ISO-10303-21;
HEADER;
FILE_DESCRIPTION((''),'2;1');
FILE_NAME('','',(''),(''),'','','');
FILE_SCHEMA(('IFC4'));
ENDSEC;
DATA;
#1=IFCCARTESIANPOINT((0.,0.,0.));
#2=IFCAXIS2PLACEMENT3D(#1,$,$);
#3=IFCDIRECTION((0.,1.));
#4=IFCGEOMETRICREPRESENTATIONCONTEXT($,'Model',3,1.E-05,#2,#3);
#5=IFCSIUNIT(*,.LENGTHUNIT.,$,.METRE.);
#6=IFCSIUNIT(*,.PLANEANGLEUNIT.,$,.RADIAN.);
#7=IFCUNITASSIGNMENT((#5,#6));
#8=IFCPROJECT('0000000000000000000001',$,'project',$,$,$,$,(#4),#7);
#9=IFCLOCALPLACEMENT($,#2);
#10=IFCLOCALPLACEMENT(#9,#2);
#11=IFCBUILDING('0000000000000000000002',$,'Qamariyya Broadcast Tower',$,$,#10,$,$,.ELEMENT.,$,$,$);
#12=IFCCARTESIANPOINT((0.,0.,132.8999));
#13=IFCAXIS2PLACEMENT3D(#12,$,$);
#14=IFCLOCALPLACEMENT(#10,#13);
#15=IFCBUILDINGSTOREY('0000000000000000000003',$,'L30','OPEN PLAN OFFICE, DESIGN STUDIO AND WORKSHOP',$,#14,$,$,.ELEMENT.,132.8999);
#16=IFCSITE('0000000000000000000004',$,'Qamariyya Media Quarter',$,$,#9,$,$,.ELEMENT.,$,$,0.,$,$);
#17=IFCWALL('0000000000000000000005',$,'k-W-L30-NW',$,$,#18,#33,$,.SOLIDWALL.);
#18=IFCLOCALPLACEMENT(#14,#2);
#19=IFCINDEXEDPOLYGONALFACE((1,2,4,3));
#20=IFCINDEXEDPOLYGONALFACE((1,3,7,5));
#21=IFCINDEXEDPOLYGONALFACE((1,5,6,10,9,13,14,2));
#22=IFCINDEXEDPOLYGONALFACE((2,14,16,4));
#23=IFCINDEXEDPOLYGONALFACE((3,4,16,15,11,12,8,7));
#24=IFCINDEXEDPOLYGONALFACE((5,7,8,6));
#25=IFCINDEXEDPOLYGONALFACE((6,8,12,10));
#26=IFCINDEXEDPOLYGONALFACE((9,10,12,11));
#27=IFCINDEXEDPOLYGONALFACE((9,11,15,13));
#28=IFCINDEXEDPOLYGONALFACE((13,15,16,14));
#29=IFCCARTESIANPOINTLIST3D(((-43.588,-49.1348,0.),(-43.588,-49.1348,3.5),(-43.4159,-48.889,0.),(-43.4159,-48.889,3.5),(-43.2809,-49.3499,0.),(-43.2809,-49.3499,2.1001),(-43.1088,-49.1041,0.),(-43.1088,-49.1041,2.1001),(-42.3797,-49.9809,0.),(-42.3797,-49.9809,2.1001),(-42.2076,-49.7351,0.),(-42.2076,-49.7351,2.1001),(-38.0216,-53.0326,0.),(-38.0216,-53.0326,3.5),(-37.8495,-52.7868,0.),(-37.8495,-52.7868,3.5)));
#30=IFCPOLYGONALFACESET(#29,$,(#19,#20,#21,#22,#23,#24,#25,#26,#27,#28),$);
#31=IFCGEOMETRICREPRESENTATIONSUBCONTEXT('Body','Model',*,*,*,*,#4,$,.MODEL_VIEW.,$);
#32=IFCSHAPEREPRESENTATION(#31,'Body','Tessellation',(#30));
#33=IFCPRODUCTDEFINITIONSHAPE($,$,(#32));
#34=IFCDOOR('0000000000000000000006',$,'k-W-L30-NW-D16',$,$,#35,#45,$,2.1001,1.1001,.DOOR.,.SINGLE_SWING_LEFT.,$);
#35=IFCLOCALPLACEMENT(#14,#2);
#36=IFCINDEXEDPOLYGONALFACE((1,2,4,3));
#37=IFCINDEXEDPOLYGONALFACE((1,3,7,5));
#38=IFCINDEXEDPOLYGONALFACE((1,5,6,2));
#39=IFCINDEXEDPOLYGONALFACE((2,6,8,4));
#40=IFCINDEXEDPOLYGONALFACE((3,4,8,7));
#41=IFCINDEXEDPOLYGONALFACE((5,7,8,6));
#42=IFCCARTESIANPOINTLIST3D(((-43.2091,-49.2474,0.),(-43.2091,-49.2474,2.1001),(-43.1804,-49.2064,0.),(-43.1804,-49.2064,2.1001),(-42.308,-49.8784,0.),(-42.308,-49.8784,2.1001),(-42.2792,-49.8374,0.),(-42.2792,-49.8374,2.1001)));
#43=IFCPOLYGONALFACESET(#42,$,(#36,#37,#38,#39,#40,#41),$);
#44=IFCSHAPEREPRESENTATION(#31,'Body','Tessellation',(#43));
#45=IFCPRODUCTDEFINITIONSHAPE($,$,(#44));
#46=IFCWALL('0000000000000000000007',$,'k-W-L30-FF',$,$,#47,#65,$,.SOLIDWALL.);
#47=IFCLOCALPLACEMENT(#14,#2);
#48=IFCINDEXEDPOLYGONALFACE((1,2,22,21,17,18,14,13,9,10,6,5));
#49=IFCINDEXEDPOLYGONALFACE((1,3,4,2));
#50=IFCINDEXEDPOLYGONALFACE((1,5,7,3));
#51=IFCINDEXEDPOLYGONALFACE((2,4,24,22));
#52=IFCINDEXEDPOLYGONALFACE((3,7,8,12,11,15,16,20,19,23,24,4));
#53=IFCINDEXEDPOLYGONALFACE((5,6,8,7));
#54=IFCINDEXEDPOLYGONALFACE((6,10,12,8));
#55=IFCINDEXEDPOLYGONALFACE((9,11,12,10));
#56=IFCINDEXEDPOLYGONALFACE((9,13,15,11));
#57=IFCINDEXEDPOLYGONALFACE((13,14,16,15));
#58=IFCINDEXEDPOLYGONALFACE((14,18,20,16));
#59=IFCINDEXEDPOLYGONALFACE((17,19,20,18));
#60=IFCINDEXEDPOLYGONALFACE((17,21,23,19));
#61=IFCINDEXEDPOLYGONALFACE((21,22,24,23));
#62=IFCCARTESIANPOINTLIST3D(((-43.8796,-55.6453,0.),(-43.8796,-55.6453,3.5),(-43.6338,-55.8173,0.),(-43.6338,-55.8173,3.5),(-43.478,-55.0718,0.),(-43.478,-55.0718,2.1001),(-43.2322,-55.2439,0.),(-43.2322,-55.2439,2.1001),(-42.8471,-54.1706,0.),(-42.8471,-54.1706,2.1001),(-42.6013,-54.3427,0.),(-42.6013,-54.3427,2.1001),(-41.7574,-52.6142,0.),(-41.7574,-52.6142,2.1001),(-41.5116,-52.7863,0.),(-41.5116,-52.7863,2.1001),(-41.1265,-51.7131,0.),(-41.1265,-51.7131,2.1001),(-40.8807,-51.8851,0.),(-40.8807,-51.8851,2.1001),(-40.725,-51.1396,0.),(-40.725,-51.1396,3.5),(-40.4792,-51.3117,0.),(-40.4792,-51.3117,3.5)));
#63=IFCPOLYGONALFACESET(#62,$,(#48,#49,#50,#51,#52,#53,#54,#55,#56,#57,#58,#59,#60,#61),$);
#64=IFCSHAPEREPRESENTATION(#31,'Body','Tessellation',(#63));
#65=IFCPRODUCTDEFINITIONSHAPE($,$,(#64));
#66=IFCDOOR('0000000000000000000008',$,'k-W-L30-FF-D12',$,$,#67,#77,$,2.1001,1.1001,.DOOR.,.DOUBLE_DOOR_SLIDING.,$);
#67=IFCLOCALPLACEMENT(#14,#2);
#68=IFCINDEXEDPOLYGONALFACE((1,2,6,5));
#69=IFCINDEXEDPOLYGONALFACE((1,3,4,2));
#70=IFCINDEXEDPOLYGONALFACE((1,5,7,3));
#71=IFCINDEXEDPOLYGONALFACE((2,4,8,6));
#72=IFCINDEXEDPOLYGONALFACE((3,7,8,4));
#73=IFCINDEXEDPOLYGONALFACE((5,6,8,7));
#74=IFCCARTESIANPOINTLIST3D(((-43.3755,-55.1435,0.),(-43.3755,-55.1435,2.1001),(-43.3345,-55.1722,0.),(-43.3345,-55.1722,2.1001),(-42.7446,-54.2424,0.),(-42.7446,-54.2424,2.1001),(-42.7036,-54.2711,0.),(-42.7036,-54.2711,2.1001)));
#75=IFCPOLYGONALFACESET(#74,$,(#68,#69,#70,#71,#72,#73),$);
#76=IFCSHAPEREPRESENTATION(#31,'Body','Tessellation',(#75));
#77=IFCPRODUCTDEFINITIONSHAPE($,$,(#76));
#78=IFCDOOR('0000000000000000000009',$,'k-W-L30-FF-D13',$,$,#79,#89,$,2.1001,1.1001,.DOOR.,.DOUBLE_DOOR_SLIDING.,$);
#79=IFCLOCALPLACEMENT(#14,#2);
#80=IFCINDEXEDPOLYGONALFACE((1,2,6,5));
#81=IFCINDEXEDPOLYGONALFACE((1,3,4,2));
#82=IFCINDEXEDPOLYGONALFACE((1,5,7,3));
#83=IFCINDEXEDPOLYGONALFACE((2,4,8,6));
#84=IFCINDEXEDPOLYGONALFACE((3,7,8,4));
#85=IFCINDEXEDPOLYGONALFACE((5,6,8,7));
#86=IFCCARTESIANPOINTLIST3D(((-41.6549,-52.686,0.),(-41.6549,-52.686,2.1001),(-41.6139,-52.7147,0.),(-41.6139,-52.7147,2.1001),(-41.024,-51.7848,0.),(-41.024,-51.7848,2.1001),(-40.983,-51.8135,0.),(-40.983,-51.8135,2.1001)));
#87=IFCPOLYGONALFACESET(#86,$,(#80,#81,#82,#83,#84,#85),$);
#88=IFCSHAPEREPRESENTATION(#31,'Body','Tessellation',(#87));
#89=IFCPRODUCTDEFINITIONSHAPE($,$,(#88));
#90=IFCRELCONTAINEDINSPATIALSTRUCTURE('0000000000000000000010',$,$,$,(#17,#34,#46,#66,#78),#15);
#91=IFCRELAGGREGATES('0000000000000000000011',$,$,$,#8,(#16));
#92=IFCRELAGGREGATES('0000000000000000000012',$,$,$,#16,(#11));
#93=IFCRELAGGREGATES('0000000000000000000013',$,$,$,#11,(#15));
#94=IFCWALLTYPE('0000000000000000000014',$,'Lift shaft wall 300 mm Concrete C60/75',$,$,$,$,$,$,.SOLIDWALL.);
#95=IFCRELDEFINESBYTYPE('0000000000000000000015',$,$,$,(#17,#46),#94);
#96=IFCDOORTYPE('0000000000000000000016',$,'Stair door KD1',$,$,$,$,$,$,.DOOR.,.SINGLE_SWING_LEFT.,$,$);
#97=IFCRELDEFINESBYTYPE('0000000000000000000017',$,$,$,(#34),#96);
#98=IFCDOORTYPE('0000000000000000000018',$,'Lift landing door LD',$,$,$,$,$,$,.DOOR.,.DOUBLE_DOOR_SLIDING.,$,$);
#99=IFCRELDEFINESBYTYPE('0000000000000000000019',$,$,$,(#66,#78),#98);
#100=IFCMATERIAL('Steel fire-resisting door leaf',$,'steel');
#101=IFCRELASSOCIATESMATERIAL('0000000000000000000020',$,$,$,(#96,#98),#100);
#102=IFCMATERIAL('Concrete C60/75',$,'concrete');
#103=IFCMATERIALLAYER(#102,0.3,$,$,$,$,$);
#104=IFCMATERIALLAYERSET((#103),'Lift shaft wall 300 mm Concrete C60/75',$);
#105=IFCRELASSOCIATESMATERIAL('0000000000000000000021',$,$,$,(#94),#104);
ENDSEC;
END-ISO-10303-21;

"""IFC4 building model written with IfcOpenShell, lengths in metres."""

from ifc_helpers import new_model, si_unit, direction, frame, frame_2d, origin, place, context, subcontext, project, spatial, rectangle, extrude, material, layer, layer_set, type_object, element, fill, save


model = new_model("IFC4")

# Units and contexts
model_context = context("Model", 3, precision=1e-05, world=origin(), true_north=direction((0.0, 1.0)))
body_context = subcontext(model_context, "Body", "Model", "MODEL_VIEW")
ifc_project = project(units=[si_unit("LENGTHUNIT", "METRE"), si_unit("PLANEANGLEUNIT", "RADIAN")], contexts=[model_context])

# Site, building, storey
site_placement = place(None, origin())
site = spatial("IfcSite", under=ifc_project, at=site_placement, Name="Qamariyya Media Quarter", CompositionType="ELEMENT", RefElevation=0.0)
building_placement = place(site_placement, origin())
building = spatial("IfcBuilding", under=site, at=building_placement, Name="Qamariyya Broadcast Tower", CompositionType="ELEMENT")
storey_placement = place(building_placement, frame((0.0, 0.0, 132.8999)))
storey = spatial("IfcBuildingStorey", under=building, at=storey_placement, Name="L30", Description="OPEN PLAN OFFICE, DESIGN STUDIO AND WORKSHOP", CompositionType="ELEMENT", Elevation=132.8999)

# Shared definitions
ifc_material_1 = material(Name="Steel fire-resisting door leaf", Category="steel")
door_type_1 = type_object("IfcDoorType", Name="Stair door KD1", OperationType="SINGLE_SWING_LEFT", PredefinedType="DOOR", material=ifc_material_1)

# Shared definitions
ifc_material_2 = material(Name="Concrete C60/75", Category="concrete")
ifc_layer_1 = layer(ifc_material_2, 0.3)
ifc_layer_set_1 = layer_set([ifc_layer_1], Name="Lift shaft wall 300 mm Concrete C60/75")
wall_type_1 = type_object("IfcWallType", Name="Lift shaft wall 300 mm Concrete C60/75", PredefinedType="SOLIDWALL", material=ifc_layer_set_1)

# Wall, opening, door
wall_1_placement = place(storey_placement, frame((-37.9355, -52.9097, 0.0), z_axis=(0.0, 0.0, 1.0), x_axis=(-0.819148, 0.573583, 0.0)))
wall_1 = element("IfcWall", 1, at=wall_1_placement, inside=storey, type_object=wall_type_1, Name="k-W-L30-NW", PredefinedType="SOLIDWALL", context=body_context, shape_type="SweptSolid", body=[
    extrude(rectangle(XDim=6.7954, YDim=0.3, at=frame_2d((3.3977, 0.0))), origin(), (0.0, 0.0, 1.0), 3.5),
])
opening_1_placement = place(wall_1_placement, frame((5.3203, 0.0, 0.0)))
opening_1 = element("IfcOpeningElement", 2, at=opening_1_placement, cuts=wall_1, PredefinedType="OPENING", context=body_context, shape_type="SweptSolid", body=[
    extrude(rectangle(XDim=1.1001, YDim=2.1001, at=frame_2d((0.55, 1.05))), frame((0.0, 0.1599, 0.0), z_axis=(0.0, -1.0, 0.0), x_axis=(1.0, 0.0, 0.0)), (0.0, 0.0, 1.0), 0.3201),
])
door_1_placement = place(opening_1_placement, origin())
door_1 = element("IfcDoor", 3, at=door_1_placement, inside=storey, type_object=door_type_1, Name="k-W-L30-NW-D16", OperationType="SINGLE_SWING_LEFT", OverallHeight=2.1001, OverallWidth=1.1001, PredefinedType="DOOR", context=body_context, shape_type="SweptSolid", body=[
    extrude(rectangle(XDim=1.1001, YDim=2.1001, at=frame_2d((0.55, 1.05))), frame((0.0, 0.0249, 0.0), z_axis=(0.0, -1.0, 0.0), x_axis=(1.0, 0.0, 0.0)), (0.0, 0.0, 1.0), 0.05),
])
fill(opening_1, door_1)

# Wall, openings, doors
wall_2_placement = place(storey_placement, frame((-43.7566, -55.7312, 0.0), z_axis=(0.0, 0.0, 1.0), x_axis=(0.573537, 0.81918, 0.0)))
wall_2 = element("IfcWall", 4, at=wall_2_placement, inside=storey, type_object=wall_type_1, Name="k-W-L30-FF", PredefinedType="SOLIDWALL", context=body_context, shape_type="SweptSolid", body=[
    extrude(rectangle(XDim=5.5002, YDim=0.3, at=frame_2d((2.75, 0.0))), origin(), (0.0, 0.0, 1.0), 3.5),
])
opening_2_placement = place(wall_2_placement, frame((0.7, 0.0, 0.0)))
opening_2 = element("IfcOpeningElement", 5, at=opening_2_placement, cuts=wall_2, PredefinedType="OPENING", context=body_context, shape_type="SweptSolid", body=[
    extrude(rectangle(XDim=1.1001, YDim=2.1001, at=frame_2d((0.55, 1.05))), frame((0.0, 0.1599, 0.0), z_axis=(0.0, -1.0, 0.0), x_axis=(1.0, 0.0, 0.0)), (0.0, 0.0, 1.0), 0.3201),
])
opening_3_placement = place(wall_2_placement, frame((3.7, 0.0, 0.0)))
opening_3 = element("IfcOpeningElement", 6, at=opening_3_placement, cuts=wall_2, PredefinedType="OPENING", context=body_context, shape_type="SweptSolid", body=[
    extrude(rectangle(XDim=1.1001, YDim=2.1001, at=frame_2d((0.55, 1.05))), frame((0.0, 0.1599, 0.0), z_axis=(0.0, -1.0, 0.0), x_axis=(1.0, 0.0, 0.0)), (0.0, 0.0, 1.0), 0.3201),
])
door_type_2 = type_object("IfcDoorType", Name="Lift landing door LD", OperationType="DOUBLE_DOOR_SLIDING", PredefinedType="DOOR", material=ifc_material_1)
door_2_placement = place(opening_2_placement, origin())
door_2 = element("IfcDoor", 7, at=door_2_placement, inside=storey, type_object=door_type_2, Name="k-W-L30-FF-D12", OperationType="DOUBLE_DOOR_SLIDING", OverallHeight=2.1001, OverallWidth=1.1001, PredefinedType="DOOR", context=body_context, shape_type="SweptSolid", body=[
    extrude(rectangle(XDim=1.1001, YDim=2.1001, at=frame_2d((0.55, 1.05))), frame((0.0, 0.0249, 0.0), z_axis=(0.0, -1.0, 0.0), x_axis=(1.0, 0.0, 0.0)), (0.0, 0.0, 1.0), 0.05),
])
fill(opening_2, door_2)
door_3_placement = place(opening_3_placement, origin())
door_3 = element("IfcDoor", 8, at=door_3_placement, inside=storey, type_object=door_type_2, Name="k-W-L30-FF-D13", OperationType="DOUBLE_DOOR_SLIDING", OverallHeight=2.1001, OverallWidth=1.1001, PredefinedType="DOOR", context=body_context, shape_type="SweptSolid", body=[
    extrude(rectangle(XDim=1.1001, YDim=2.1001, at=frame_2d((0.55, 1.05))), frame((0.0, 0.0249, 0.0), z_axis=(0.0, -1.0, 0.0), x_axis=(1.0, 0.0, 0.0)), (0.0, 0.0, 1.0), 0.05),
])
fill(opening_3, door_3)

save(model, "model.ifc")
